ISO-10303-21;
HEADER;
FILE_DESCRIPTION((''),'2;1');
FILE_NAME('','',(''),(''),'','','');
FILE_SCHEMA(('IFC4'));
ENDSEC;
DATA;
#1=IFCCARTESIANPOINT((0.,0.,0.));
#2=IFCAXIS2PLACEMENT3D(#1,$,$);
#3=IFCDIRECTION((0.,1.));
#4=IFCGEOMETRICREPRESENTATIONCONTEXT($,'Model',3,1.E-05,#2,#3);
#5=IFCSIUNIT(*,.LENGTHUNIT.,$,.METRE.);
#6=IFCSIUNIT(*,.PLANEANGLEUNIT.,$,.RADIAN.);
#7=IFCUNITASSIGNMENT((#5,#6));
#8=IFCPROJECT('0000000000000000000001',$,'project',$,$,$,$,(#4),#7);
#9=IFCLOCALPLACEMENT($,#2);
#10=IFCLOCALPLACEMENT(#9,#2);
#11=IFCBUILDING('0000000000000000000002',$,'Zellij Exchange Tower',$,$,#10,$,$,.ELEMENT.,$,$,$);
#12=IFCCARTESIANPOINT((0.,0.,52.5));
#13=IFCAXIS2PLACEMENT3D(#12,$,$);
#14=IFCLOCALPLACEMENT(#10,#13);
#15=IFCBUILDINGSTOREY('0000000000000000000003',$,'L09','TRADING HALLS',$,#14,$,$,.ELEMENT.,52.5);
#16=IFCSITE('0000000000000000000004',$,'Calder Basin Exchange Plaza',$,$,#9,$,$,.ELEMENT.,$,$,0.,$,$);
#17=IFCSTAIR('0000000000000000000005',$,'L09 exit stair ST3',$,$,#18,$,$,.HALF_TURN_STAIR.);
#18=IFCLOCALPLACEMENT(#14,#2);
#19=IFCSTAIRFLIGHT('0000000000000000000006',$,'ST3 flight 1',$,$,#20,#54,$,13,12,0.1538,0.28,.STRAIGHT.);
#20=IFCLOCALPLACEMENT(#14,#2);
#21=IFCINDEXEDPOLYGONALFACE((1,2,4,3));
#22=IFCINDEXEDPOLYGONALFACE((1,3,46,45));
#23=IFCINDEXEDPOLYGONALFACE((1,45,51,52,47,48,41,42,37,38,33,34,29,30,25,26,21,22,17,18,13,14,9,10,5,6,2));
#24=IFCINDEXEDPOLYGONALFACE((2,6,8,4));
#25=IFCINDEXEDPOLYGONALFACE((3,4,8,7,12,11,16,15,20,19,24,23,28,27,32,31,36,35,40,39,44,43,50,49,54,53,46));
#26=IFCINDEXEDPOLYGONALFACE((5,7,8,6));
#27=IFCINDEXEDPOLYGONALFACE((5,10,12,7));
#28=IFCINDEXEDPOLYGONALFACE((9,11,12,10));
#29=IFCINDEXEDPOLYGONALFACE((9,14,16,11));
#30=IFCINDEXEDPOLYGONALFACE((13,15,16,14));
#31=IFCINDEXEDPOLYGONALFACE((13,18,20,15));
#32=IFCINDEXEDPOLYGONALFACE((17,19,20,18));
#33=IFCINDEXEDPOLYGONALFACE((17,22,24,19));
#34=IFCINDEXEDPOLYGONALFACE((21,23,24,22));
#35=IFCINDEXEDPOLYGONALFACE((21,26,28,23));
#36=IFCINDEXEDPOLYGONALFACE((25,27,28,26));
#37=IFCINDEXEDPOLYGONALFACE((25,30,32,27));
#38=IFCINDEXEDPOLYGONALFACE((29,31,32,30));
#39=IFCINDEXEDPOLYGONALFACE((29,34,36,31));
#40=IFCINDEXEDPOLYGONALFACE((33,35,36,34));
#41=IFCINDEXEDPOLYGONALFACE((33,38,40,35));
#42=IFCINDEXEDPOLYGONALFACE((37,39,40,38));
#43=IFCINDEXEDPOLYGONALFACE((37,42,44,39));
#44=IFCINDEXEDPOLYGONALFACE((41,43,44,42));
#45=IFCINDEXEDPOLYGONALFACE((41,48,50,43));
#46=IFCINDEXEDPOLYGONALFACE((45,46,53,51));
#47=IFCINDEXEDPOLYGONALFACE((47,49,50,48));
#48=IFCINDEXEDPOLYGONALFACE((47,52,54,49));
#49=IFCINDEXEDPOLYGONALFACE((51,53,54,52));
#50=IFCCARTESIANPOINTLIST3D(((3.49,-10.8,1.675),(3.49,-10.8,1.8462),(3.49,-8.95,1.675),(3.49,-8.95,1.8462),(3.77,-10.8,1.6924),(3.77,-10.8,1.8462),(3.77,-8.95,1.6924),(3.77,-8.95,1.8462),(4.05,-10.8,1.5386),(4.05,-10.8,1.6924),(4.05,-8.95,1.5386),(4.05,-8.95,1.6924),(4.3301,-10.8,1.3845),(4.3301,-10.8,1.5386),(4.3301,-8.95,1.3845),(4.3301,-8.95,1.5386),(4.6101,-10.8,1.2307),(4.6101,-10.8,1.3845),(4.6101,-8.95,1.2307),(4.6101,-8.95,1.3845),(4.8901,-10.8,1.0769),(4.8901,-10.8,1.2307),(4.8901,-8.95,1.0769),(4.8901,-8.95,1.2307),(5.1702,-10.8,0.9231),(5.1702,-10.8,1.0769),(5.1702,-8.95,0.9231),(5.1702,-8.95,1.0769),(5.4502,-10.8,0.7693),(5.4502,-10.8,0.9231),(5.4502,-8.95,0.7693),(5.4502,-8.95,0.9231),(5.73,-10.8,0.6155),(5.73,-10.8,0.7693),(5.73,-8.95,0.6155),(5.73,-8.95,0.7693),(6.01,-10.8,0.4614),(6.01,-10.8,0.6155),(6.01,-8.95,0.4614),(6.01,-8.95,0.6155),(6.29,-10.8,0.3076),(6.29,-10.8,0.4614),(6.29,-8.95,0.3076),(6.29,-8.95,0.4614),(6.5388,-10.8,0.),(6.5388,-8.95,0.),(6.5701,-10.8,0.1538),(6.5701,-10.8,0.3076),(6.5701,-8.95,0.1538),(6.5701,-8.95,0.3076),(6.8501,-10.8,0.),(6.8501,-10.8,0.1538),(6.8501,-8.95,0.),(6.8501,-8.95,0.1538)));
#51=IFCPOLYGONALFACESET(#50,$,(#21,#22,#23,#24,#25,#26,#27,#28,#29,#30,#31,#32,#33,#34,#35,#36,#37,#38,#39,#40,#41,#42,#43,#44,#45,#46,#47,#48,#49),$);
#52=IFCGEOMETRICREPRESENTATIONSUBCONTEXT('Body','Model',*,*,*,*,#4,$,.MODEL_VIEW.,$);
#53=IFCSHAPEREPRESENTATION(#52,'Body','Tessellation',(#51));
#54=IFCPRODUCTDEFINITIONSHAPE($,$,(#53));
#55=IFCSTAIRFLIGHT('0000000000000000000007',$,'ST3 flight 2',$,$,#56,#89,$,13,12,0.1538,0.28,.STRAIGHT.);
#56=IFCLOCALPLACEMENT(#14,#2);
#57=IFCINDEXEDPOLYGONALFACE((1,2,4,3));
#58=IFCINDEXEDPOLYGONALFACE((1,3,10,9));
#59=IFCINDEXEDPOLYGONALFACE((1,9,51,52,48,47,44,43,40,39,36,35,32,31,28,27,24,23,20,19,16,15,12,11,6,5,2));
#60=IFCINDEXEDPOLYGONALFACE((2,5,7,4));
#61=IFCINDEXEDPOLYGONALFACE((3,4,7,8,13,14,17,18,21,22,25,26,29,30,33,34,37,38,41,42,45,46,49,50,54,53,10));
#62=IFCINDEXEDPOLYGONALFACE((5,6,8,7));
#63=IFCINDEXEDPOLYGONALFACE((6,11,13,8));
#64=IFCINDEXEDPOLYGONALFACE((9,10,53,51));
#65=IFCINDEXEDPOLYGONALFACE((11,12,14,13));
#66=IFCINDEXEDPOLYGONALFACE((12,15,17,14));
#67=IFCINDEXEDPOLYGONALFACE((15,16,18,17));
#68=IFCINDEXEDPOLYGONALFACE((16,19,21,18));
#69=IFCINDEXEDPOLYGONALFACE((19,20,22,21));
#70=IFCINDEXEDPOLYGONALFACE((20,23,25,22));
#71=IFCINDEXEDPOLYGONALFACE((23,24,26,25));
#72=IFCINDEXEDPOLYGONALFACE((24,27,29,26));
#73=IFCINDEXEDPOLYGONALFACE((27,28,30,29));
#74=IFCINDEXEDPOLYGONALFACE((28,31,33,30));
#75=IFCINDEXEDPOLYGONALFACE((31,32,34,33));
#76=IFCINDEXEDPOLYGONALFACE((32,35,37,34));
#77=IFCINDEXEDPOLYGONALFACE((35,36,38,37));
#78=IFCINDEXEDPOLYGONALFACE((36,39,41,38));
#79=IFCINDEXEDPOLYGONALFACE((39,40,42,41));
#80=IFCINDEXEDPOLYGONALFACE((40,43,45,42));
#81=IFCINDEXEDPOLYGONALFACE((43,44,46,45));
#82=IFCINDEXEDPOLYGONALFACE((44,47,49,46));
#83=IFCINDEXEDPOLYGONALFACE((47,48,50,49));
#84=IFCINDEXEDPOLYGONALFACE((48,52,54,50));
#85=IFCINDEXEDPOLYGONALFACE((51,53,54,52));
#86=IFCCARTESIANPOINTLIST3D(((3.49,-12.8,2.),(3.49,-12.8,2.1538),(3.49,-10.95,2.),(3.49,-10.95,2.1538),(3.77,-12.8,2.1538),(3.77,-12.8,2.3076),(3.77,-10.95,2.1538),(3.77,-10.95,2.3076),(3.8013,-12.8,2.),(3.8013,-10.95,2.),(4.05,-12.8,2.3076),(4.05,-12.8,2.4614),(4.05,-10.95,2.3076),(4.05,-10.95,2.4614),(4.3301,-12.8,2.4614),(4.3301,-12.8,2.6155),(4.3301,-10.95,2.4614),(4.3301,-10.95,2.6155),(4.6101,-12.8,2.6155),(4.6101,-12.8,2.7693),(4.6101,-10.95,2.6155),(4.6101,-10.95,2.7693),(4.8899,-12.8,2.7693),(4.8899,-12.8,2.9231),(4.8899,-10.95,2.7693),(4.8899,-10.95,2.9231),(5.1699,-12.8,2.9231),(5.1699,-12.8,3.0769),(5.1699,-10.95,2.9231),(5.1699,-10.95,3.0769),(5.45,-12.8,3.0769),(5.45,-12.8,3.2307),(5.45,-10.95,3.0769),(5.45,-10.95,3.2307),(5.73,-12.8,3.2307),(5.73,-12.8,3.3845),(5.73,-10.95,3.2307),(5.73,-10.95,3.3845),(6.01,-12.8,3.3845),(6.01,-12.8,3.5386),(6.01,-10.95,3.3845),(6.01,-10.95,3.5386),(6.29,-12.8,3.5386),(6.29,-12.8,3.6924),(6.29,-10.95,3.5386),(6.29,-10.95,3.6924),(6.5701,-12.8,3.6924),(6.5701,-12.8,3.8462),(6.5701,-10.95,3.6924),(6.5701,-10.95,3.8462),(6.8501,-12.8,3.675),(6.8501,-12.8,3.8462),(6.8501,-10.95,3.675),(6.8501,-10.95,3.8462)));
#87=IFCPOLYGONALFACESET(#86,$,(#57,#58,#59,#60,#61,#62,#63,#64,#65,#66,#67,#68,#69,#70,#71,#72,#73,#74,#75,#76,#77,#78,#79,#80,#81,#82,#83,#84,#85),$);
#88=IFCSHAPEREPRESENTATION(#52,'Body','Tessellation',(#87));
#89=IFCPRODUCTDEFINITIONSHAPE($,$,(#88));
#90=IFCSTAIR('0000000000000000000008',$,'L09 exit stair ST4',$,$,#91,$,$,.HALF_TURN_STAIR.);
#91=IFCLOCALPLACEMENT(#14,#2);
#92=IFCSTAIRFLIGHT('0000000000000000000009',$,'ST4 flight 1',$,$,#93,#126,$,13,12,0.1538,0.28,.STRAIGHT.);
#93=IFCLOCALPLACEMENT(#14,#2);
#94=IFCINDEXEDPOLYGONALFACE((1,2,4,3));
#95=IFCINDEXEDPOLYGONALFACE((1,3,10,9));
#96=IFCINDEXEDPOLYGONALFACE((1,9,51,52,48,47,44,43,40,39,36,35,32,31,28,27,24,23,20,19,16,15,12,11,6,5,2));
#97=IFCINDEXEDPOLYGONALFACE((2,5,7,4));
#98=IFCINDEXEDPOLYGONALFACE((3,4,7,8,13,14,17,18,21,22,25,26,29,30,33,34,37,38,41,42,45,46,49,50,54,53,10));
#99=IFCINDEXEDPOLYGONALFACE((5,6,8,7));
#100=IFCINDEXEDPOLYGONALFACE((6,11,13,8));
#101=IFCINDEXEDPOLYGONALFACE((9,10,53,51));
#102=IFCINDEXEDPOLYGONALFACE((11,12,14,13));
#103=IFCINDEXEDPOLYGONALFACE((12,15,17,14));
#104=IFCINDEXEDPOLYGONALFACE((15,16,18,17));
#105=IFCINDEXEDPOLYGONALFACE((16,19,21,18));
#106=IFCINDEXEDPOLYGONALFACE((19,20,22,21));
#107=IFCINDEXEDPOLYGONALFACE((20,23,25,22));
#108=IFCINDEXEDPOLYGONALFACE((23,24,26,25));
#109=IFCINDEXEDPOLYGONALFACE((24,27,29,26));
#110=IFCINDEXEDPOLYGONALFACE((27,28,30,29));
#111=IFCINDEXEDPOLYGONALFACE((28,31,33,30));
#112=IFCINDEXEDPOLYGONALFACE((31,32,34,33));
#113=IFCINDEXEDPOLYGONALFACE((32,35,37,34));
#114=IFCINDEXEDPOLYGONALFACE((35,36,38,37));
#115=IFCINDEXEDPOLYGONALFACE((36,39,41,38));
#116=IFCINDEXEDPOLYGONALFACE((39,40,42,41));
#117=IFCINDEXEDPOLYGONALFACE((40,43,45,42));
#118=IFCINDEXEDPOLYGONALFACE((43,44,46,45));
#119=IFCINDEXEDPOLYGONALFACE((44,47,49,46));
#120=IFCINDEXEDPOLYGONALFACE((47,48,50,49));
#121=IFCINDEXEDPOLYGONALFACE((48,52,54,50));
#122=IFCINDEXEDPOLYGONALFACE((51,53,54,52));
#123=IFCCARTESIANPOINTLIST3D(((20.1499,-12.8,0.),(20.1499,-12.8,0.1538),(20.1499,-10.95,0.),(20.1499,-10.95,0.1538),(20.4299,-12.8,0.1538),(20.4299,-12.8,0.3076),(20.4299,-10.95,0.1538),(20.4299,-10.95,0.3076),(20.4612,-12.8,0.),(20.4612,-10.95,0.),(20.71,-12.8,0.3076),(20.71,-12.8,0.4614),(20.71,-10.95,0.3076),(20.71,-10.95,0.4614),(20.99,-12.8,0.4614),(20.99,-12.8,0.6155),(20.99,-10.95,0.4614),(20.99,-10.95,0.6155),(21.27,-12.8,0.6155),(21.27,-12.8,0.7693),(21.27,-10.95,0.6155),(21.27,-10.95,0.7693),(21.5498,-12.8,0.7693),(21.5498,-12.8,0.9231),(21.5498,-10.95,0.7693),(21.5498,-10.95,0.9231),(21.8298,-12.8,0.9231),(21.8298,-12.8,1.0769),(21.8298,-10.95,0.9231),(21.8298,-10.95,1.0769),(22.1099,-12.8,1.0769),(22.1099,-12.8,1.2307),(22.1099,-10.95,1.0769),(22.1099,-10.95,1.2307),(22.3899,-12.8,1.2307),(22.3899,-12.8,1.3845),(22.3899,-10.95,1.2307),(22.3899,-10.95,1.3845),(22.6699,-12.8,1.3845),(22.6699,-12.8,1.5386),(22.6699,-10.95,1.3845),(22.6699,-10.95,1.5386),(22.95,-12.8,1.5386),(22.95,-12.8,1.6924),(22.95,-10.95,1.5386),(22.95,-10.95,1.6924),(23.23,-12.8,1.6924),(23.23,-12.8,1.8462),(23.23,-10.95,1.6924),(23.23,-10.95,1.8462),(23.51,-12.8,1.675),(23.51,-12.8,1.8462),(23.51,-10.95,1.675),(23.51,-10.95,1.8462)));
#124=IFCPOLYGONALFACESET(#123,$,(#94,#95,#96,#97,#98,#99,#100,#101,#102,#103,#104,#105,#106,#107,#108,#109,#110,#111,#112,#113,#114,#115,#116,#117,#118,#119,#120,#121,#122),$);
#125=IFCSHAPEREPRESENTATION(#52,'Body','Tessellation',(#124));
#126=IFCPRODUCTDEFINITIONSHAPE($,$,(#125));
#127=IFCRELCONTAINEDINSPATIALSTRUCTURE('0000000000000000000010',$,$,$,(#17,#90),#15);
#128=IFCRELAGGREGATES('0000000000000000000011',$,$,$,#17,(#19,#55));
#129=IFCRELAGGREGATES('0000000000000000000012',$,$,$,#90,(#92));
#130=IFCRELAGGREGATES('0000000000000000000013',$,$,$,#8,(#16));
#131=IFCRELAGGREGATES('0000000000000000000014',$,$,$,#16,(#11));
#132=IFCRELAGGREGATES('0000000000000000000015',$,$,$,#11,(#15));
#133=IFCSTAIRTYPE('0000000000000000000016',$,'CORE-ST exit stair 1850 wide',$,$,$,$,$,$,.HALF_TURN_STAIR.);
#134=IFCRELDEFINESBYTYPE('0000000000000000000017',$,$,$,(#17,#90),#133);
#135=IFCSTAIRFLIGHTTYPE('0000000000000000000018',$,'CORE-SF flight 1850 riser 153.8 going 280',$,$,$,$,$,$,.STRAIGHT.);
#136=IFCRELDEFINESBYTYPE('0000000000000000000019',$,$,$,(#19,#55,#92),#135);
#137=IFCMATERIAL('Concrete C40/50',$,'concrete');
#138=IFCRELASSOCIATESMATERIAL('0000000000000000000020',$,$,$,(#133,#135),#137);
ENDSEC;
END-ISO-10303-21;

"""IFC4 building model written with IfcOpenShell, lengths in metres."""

from ifc_helpers import new_model, si_unit, direction, frame, origin, place, context, subcontext, project, spatial, polyline, outline, extrude, material, type_object, element, aggregate, save


model = new_model("IFC4")

# Units and contexts
model_context = context("Model", 3, precision=1e-05, world=origin(), true_north=direction((0.0, 1.0)))
body_context = subcontext(model_context, "Body", "Model", "MODEL_VIEW")
ifc_project = project(units=[si_unit("LENGTHUNIT", "METRE"), si_unit("PLANEANGLEUNIT", "RADIAN")], contexts=[model_context])

# Site, building, storey
site_placement = place(None, origin())
site = spatial("IfcSite", under=ifc_project, at=site_placement, Name="Calder Basin Exchange Plaza", CompositionType="ELEMENT", RefElevation=0.0)
building_placement = place(site_placement, origin())
building = spatial("IfcBuilding", under=site, at=building_placement, Name="Zellij Exchange Tower", CompositionType="ELEMENT")
storey_placement = place(building_placement, frame((0.0, 0.0, 52.5)))
storey = spatial("IfcBuildingStorey", under=building, at=storey_placement, Name="L09", Description="TRADING HALLS", CompositionType="ELEMENT", Elevation=52.5)

# Stair, stair flights
ifc_material_1 = material(Name="Concrete C40/50", Category="concrete")
stair_type = type_object("IfcStairType", Name="CORE-ST exit stair 1850 wide", PredefinedType="HALF_TURN_STAIR", material=ifc_material_1)
stair_1_placement = place(storey_placement, origin())
stair_1 = element("IfcStair", 1, at=stair_1_placement, inside=storey, type_object=stair_type, Name="L09 exit stair ST3", PredefinedType="HALF_TURN_STAIR")
stair_flight_type = type_object("IfcStairFlightType", Name="CORE-SF flight 1850 riser 153.8 going 280", PredefinedType="STRAIGHT", material=ifc_material_1)
stair_flight_1_placement = place(storey_placement, frame((6.8501, -9.875, 0.0), z_axis=(0.0, 0.0, 1.0), x_axis=(-1.0, 0.0, 0.0)))
stair_flight_1 = element("IfcStairFlight", 2, at=stair_flight_1_placement, type_object=stair_flight_type, Name="ST3 flight 1", NumberOfRisers=13, NumberOfTreads=12, PredefinedType="STRAIGHT", RiserHeight=0.1538, TreadLength=0.28, context=body_context, shape_type="SweptSolid", body=[
    extrude(outline(polyline([(0.0, 0.0), (0.0, 0.1538), (0.28, 0.1538), (0.28, 0.3076), (0.5601, 0.3076), (0.5601, 0.4614), (0.8401, 0.4614), (0.8401, 0.6155), (1.1201, 0.6155), (1.1201, 0.7693), (1.3999, 0.7693), (1.3999, 0.9231), (1.6799, 0.9231), (1.6799, 1.0769), (1.96, 1.0769), (1.96, 1.2307), (2.24, 1.2307), (2.24, 1.3845), (2.52, 1.3845), (2.52, 1.5386), (2.8, 1.5386), (2.8, 1.6924), (3.0801, 1.6924), (3.0801, 1.8462), (3.3601, 1.8462), (3.3601, 2.0), (3.3601, 1.675), (0.3113, 0.0), (0.0, 0.0)])), frame((0.0, 0.925, 0.0), z_axis=(0.0, -1.0, 0.0), x_axis=(1.0, 0.0, 0.0)), (0.0, 0.0, 1.0), 1.8501),
])
stair_flight_2_placement = place(storey_placement, frame((3.49, -11.875, 2.0), z_axis=(0.0, 0.0, 1.0), x_axis=(1.0, 0.0, 0.0)))
stair_flight_2 = element("IfcStairFlight", 3, at=stair_flight_2_placement, type_object=stair_flight_type, Name="ST3 flight 2", NumberOfRisers=13, NumberOfTreads=12, PredefinedType="STRAIGHT", RiserHeight=0.1538, TreadLength=0.28, context=body_context, shape_type="SweptSolid", body=[
    extrude(outline(polyline([(0.0, 0.0), (0.0, 0.1538), (0.28, 0.1538), (0.28, 0.3076), (0.5601, 0.3076), (0.5601, 0.4614), (0.8401, 0.4614), (0.8401, 0.6155), (1.1201, 0.6155), (1.1201, 0.7693), (1.3999, 0.7693), (1.3999, 0.9231), (1.6799, 0.9231), (1.6799, 1.0769), (1.96, 1.0769), (1.96, 1.2307), (2.24, 1.2307), (2.24, 1.3845), (2.52, 1.3845), (2.52, 1.5386), (2.8, 1.5386), (2.8, 1.6924), (3.0801, 1.6924), (3.0801, 1.8462), (3.3601, 1.8462), (3.3601, 2.0), (3.3601, 1.675), (0.3113, 0.0), (0.0, 0.0)])), frame((0.0, 0.925, 0.0), z_axis=(0.0, -1.0, 0.0), x_axis=(1.0, 0.0, 0.0)), (0.0, 0.0, 1.0), 1.8501),
])
aggregate(stair_1, [stair_flight_1, stair_flight_2])

# Stair, stair flight
stair_2_placement = place(storey_placement, origin())
stair_2 = element("IfcStair", 4, at=stair_2_placement, inside=storey, type_object=stair_type, Name="L09 exit stair ST4", PredefinedType="HALF_TURN_STAIR")
stair_flight_3_placement = place(storey_placement, frame((20.1499, -11.875, 0.0), z_axis=(0.0, 0.0, 1.0), x_axis=(1.0, 0.0, 0.0)))
stair_flight_3 = element("IfcStairFlight", 5, at=stair_flight_3_placement, type_object=stair_flight_type, Name="ST4 flight 1", NumberOfRisers=13, NumberOfTreads=12, PredefinedType="STRAIGHT", RiserHeight=0.1538, TreadLength=0.28, context=body_context, shape_type="SweptSolid", body=[
    extrude(outline(polyline([(0.0, 0.0), (0.0, 0.1538), (0.28, 0.1538), (0.28, 0.3076), (0.5601, 0.3076), (0.5601, 0.4614), (0.8401, 0.4614), (0.8401, 0.6155), (1.1201, 0.6155), (1.1201, 0.7693), (1.3999, 0.7693), (1.3999, 0.9231), (1.6799, 0.9231), (1.6799, 1.0769), (1.96, 1.0769), (1.96, 1.2307), (2.24, 1.2307), (2.24, 1.3845), (2.52, 1.3845), (2.52, 1.5386), (2.8, 1.5386), (2.8, 1.6924), (3.0801, 1.6924), (3.0801, 1.8462), (3.3601, 1.8462), (3.3601, 2.0), (3.3601, 1.675), (0.3113, 0.0), (0.0, 0.0)])), frame((0.0, 0.925, 0.0), z_axis=(0.0, -1.0, 0.0), x_axis=(1.0, 0.0, 0.0)), (0.0, 0.0, 1.0), 1.8501),
])
aggregate(stair_2, [stair_flight_3])

save(model, "model.ifc")
